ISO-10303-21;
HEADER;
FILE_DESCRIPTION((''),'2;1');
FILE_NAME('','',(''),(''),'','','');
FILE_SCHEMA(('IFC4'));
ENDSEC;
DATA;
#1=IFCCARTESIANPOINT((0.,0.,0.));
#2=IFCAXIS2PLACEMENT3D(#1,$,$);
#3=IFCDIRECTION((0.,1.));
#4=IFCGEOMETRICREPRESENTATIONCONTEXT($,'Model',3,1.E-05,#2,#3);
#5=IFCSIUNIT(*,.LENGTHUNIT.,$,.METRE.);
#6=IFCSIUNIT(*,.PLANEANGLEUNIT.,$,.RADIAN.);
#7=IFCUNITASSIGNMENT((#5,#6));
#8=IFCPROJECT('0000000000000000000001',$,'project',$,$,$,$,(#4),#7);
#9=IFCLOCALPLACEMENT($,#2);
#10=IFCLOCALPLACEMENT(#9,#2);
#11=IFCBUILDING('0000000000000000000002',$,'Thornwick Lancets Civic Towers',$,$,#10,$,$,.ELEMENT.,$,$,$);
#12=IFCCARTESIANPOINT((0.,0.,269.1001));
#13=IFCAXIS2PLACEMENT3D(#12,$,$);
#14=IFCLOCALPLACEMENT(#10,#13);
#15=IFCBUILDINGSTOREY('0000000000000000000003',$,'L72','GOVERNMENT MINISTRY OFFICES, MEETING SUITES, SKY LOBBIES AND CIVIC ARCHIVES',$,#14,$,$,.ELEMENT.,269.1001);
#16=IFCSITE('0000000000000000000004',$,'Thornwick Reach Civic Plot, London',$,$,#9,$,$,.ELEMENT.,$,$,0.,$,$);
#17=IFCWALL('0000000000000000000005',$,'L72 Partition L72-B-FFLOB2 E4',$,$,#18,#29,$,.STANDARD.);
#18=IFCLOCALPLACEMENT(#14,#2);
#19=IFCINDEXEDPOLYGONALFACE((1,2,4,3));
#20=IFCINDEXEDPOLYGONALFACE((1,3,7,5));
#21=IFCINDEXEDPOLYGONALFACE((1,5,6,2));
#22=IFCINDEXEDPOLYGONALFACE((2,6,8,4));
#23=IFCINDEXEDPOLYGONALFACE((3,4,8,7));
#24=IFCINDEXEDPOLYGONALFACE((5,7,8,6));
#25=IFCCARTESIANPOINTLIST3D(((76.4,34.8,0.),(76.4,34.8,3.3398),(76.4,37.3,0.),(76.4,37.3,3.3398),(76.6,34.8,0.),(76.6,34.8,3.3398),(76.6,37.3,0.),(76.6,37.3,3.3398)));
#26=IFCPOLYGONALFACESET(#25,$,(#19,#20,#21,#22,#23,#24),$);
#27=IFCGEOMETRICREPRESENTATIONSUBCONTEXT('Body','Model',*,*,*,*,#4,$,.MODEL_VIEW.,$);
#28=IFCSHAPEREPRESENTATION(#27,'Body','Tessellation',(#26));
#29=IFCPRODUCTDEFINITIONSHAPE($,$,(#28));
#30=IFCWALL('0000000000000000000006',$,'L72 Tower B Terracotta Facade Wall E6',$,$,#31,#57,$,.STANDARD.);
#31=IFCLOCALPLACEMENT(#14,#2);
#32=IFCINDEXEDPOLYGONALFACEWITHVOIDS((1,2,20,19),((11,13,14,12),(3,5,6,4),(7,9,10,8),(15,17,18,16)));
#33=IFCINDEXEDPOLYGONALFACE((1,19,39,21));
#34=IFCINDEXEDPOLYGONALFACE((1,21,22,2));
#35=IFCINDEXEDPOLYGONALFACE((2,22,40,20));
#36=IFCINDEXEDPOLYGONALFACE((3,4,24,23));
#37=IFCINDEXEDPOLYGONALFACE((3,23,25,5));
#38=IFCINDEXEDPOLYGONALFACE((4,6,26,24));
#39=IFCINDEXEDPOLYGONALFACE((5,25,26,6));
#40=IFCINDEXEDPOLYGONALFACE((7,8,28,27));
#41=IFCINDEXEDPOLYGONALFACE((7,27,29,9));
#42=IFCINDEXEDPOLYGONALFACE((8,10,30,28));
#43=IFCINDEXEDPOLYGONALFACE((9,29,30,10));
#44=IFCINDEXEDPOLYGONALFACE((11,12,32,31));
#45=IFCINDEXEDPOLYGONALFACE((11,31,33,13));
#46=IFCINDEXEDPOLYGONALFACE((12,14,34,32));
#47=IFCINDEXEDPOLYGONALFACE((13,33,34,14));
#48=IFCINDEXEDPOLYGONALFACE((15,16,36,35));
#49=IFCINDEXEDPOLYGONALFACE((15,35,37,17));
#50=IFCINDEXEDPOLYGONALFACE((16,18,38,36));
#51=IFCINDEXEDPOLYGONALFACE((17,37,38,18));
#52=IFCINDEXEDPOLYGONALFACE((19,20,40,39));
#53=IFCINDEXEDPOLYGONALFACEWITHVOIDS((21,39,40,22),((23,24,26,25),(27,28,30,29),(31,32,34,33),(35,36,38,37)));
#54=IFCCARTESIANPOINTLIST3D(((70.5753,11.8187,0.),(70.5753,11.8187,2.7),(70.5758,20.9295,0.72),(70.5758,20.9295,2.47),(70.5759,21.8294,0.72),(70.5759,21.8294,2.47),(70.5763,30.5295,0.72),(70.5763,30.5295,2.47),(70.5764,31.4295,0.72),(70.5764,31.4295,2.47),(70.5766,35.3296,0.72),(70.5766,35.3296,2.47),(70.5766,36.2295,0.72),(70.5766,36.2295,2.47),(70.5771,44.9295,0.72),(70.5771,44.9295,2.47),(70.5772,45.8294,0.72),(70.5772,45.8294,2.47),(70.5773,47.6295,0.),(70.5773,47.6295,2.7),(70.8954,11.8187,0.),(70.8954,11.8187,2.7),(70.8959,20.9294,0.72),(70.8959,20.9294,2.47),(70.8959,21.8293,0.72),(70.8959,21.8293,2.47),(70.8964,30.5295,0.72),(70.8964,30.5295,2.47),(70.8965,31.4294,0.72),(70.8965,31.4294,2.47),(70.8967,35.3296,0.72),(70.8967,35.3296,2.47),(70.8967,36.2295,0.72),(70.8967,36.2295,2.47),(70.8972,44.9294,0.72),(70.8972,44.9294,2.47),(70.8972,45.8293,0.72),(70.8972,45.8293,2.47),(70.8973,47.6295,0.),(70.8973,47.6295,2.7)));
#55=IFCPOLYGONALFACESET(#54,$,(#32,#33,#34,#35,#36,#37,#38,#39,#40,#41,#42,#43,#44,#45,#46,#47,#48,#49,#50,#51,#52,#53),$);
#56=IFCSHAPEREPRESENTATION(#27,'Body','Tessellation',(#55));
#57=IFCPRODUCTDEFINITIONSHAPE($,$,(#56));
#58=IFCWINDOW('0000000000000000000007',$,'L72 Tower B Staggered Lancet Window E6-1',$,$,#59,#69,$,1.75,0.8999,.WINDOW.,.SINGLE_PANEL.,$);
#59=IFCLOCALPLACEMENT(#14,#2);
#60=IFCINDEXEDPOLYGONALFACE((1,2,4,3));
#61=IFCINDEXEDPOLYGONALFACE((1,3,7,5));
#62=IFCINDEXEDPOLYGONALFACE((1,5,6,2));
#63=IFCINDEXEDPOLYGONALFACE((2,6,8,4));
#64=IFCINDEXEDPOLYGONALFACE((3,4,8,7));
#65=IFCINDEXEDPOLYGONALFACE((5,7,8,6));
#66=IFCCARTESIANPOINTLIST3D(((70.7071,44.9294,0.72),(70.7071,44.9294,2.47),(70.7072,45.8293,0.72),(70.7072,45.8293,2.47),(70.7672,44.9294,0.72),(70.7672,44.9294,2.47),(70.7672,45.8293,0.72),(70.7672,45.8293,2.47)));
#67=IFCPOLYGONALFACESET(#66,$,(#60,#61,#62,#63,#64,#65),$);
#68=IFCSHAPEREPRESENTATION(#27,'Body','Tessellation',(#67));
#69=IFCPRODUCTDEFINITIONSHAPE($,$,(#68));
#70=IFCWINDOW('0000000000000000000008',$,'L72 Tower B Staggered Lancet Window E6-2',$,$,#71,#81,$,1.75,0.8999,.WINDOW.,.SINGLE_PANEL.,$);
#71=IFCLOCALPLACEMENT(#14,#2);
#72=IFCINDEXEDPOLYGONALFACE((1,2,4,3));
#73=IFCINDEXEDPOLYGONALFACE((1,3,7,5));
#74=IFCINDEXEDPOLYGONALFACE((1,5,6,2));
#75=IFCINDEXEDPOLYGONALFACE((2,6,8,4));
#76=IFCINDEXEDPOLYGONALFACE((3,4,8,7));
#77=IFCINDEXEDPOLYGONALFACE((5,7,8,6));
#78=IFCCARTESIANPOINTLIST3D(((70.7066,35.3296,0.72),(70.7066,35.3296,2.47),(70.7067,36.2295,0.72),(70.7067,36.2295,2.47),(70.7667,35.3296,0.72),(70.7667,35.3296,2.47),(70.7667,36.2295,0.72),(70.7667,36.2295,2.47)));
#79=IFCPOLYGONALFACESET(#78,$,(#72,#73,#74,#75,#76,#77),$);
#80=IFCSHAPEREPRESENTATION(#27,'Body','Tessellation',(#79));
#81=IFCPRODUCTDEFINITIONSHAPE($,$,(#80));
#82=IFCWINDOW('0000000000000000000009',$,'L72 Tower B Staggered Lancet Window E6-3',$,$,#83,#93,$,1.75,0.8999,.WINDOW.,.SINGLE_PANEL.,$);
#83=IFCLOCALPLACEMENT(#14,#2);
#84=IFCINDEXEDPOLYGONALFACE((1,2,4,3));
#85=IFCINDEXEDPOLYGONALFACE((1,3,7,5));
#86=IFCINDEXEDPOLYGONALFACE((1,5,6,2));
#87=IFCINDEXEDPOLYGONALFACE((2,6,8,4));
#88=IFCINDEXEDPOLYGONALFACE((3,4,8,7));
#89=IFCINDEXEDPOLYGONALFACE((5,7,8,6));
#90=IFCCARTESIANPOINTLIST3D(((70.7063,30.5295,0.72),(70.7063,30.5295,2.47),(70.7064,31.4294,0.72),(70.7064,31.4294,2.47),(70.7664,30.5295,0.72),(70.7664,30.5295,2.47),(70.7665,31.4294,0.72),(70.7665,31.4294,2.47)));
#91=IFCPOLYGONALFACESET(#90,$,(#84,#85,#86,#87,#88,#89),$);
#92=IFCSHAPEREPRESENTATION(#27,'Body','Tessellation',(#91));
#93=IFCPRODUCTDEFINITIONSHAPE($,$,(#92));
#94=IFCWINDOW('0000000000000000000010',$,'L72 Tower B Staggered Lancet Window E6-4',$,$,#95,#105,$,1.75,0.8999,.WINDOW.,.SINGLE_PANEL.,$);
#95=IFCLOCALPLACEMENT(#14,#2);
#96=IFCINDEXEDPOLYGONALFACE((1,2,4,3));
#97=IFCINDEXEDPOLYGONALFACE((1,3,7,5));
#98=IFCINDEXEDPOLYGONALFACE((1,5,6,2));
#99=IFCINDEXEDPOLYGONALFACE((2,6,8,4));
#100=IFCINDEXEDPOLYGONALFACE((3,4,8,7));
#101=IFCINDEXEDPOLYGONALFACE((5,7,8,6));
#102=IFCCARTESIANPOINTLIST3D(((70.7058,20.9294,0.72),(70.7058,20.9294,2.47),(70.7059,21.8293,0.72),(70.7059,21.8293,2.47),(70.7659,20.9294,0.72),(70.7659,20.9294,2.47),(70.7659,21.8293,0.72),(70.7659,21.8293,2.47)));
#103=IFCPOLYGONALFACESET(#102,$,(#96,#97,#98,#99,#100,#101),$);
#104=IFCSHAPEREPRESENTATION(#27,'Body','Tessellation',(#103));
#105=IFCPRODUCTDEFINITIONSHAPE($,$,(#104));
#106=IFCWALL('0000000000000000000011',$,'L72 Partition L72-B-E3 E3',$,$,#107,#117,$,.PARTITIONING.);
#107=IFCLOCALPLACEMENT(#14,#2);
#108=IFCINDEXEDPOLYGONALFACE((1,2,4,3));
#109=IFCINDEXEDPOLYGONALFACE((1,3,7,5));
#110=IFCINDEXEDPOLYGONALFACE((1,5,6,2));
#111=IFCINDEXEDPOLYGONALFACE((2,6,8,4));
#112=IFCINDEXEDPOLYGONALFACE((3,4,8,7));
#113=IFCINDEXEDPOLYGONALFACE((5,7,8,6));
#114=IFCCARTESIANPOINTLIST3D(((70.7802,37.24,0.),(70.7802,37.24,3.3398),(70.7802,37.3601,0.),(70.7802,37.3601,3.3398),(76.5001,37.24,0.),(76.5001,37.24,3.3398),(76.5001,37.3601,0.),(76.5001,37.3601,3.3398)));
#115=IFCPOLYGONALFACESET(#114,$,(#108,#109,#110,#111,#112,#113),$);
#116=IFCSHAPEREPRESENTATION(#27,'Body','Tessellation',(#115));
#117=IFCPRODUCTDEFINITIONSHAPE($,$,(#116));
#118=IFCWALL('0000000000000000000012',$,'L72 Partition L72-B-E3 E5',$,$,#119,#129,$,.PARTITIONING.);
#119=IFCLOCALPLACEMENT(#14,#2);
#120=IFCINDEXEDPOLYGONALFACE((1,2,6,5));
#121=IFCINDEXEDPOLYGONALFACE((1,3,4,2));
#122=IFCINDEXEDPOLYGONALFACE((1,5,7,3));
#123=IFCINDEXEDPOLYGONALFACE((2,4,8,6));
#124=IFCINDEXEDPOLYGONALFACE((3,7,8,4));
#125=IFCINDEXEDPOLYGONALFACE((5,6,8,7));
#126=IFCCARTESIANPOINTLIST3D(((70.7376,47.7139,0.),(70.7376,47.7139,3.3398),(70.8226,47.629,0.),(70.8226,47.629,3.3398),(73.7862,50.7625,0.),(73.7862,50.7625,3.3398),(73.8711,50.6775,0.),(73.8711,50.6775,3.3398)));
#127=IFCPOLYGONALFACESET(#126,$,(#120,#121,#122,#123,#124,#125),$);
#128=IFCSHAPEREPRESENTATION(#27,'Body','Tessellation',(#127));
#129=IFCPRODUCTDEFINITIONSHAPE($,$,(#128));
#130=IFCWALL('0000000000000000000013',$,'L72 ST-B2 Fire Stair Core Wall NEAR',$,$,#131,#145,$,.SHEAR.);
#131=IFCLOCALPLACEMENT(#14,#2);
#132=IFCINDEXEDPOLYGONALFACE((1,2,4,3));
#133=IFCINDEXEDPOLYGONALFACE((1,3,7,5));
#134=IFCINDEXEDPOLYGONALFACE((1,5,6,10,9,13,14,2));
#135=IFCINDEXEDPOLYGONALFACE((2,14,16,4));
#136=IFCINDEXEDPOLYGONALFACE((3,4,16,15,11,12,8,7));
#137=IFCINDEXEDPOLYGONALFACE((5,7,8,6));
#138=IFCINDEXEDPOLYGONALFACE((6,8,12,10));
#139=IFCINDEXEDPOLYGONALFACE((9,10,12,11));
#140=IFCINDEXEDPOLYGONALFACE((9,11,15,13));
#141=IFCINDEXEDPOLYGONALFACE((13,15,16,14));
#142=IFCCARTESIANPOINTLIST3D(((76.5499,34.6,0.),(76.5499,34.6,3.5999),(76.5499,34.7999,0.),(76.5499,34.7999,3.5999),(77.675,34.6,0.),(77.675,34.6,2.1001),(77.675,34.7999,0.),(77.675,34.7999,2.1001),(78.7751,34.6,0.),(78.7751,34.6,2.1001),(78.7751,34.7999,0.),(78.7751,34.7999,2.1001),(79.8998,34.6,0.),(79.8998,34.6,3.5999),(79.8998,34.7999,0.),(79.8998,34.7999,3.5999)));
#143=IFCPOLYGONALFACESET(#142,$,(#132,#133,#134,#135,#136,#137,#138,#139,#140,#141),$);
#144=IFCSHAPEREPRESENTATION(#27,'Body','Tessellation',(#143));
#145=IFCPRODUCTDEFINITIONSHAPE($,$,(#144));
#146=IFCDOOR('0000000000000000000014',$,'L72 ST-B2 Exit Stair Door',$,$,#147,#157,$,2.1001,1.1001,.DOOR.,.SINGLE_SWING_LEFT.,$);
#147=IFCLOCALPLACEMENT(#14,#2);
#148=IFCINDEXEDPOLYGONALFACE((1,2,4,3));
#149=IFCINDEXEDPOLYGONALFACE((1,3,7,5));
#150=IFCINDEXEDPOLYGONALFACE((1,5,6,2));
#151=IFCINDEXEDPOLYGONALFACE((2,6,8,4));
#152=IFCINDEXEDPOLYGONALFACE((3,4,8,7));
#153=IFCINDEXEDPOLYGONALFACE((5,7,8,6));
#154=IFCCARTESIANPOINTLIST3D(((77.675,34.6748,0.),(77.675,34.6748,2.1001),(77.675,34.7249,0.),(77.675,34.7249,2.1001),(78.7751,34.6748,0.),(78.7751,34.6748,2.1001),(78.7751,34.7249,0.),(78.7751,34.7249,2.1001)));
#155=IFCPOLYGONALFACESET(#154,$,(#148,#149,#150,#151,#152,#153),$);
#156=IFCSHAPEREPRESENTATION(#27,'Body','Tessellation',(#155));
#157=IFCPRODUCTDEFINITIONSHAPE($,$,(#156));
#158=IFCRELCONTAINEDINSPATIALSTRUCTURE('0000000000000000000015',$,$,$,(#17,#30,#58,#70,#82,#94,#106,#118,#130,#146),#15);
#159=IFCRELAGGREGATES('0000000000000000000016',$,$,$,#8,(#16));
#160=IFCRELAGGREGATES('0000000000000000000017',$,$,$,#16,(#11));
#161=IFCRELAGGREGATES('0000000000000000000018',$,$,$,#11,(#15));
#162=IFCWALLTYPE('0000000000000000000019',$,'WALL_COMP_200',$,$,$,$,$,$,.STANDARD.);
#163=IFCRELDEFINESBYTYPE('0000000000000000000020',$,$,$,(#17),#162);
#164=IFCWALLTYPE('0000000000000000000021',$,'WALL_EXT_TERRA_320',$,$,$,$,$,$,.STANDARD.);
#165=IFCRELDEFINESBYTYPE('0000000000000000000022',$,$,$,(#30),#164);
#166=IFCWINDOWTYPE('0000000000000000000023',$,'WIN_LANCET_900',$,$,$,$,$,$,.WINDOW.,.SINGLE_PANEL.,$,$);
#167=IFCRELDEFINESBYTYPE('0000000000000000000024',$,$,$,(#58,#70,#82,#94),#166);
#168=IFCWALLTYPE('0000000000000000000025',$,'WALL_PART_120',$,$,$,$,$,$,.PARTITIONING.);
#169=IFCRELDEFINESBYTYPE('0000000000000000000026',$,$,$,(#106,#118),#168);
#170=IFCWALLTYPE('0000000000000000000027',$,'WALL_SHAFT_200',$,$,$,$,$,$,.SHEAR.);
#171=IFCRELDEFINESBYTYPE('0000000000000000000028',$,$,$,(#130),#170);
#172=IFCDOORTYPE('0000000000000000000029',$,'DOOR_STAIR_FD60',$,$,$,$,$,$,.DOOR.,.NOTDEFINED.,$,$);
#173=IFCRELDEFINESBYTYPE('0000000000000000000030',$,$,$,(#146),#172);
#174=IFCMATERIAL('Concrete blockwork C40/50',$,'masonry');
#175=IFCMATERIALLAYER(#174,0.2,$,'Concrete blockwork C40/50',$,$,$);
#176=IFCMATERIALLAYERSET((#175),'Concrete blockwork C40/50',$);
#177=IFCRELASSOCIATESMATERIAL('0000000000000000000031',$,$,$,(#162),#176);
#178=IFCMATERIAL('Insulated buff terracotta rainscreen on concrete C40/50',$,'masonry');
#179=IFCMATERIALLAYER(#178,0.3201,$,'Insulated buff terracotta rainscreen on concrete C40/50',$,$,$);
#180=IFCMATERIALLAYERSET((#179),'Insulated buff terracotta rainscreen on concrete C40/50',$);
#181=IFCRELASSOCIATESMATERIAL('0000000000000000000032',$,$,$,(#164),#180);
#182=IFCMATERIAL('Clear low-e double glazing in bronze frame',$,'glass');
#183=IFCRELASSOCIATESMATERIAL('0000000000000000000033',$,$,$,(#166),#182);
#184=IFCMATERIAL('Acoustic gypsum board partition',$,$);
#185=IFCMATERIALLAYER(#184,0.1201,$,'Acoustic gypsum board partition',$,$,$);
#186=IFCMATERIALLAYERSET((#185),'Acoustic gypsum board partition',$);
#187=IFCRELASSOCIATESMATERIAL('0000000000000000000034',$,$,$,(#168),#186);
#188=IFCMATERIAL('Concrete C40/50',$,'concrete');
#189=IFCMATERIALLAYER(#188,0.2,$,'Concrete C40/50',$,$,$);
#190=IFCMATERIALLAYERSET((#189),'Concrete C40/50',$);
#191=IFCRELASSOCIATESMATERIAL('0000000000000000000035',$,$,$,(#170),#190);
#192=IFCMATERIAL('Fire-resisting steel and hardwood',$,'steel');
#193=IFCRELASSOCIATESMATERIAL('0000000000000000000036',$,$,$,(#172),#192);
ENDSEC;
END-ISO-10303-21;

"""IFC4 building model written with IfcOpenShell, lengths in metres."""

from ifc_helpers import new_model, si_unit, direction, frame, frame_2d, origin, place, context, subcontext, project, spatial, rectangle, extrude, material, layer, layer_set, type_object, element, fill, save


model = new_model("IFC4")

# Units and contexts
model_context = context("Model", 3, precision=1e-05, world=origin(), true_north=direction((0.0, 1.0)))
body_context = subcontext(model_context, "Body", "Model", "MODEL_VIEW")
ifc_project = project(units=[si_unit("LENGTHUNIT", "METRE"), si_unit("PLANEANGLEUNIT", "RADIAN")], contexts=[model_context])

# Site, building, storey
site_placement = place(None, origin())
site = spatial("IfcSite", under=ifc_project, at=site_placement, Name="Thornwick Reach Civic Plot, London", CompositionType="ELEMENT", RefElevation=0.0)
building_placement = place(site_placement, origin())
building = spatial("IfcBuilding", under=site, at=building_placement, Name="Thornwick Lancets Civic Towers", CompositionType="ELEMENT")
storey_placement = place(building_placement, frame((0.0, 0.0, 269.1001)))
storey = spatial("IfcBuildingStorey", under=building, at=storey_placement, Name="L72", Description="GOVERNMENT MINISTRY OFFICES, MEETING SUITES, SKY LOBBIES AND CIVIC ARCHIVES", CompositionType="ELEMENT", Elevation=269.1001)

# Shared definitions
ifc_material_1 = material(Name="Concrete C40/50", Category="concrete")

# Wall
ifc_material_2 = material(Name="Concrete blockwork C40/50", Category="masonry")
ifc_layer_1 = layer(ifc_material_2, 0.2, Name="Concrete blockwork C40/50")
ifc_layer_set_1 = layer_set([ifc_layer_1], Name="Concrete blockwork C40/50")
wall_type_1 = type_object("IfcWallType", Name="WALL_COMP_200", PredefinedType="STANDARD", material=ifc_layer_set_1)
wall_1_placement = place(storey_placement, frame((76.5, 37.3, 0.0), z_axis=(0.0, 0.0, 1.0), x_axis=(0.0, -1.0, 0.0)))
element("IfcWall", 1, at=wall_1_placement, inside=storey, type_object=wall_type_1, Name="L72 Partition L72-B-FFLOB2 E4", PredefinedType="STANDARD", context=body_context, shape_type="SweptSolid", body=[
    extrude(rectangle(XDim=2.5, YDim=0.2, at=frame_2d((1.25, 0.0))), origin(), (0.0, 0.0, 1.0), 3.3398),
])

# Wall, openings, windows
ifc_material_3 = material(Name="Insulated buff terracotta rainscreen on concrete C40/50", Category="masonry")
ifc_layer_2 = layer(ifc_material_3, 0.3201, Name="Insulated buff terracotta rainscreen on concrete C40/50")
ifc_layer_set_2 = layer_set([ifc_layer_2], Name="Insulated buff terracotta rainscreen on concrete C40/50")
wall_type_2 = type_object("IfcWallType", Name="WALL_EXT_TERRA_320", PredefinedType="STANDARD", material=ifc_layer_set_2)
wall_2_placement = place(storey_placement, frame((70.7373, 47.6294, 0.0), z_axis=(0.0, 0.0, 1.0), x_axis=(-0.000055, -1.0, 0.0)))
wall_2 = element("IfcWall", 2, at=wall_2_placement, inside=storey, type_object=wall_type_2, Name="L72 Tower B Terracotta Facade Wall E6", PredefinedType="STANDARD", context=body_context, shape_type="SweptSolid", body=[
    extrude(rectangle(XDim=35.8108, YDim=0.3201, at=frame_2d((17.9053, 0.0))), origin(), (0.0, 0.0, 1.0), 2.7),
])
opening_1_placement = place(wall_2_placement, frame((1.8, 0.0, 0.72)))
opening_1 = element("IfcOpeningElement", 3, at=opening_1_placement, cuts=wall_2, PredefinedType="OPENING", context=body_context, shape_type="SweptSolid", body=[
    extrude(rectangle(XDim=0.8999, YDim=1.75, at=frame_2d((0.45, 0.875))), frame((0.0, 0.1699, 0.0), z_axis=(0.0, -1.0, 0.0), x_axis=(1.0, 0.0, 0.0)), (0.0, 0.0, 1.0), 0.3401),
])
opening_2_placement = place(wall_2_placement, frame((11.3999, 0.0, 0.72)))
opening_2 = element("IfcOpeningElement", 4, at=opening_2_placement, cuts=wall_2, PredefinedType="OPENING", context=body_context, shape_type="SweptSolid", body=[
    extrude(rectangle(XDim=0.8999, YDim=1.75, at=frame_2d((0.45, 0.875))), frame((0.0, 0.1699, 0.0), z_axis=(0.0, -1.0, 0.0), x_axis=(1.0, 0.0, 0.0)), (0.0, 0.0, 1.0), 0.3401),
])
opening_3_placement = place(wall_2_placement, frame((16.2, 0.0, 0.72)))
opening_3 = element("IfcOpeningElement", 5, at=opening_3_placement, cuts=wall_2, PredefinedType="OPENING", context=body_context, shape_type="SweptSolid", body=[
    extrude(rectangle(XDim=0.8999, YDim=1.75, at=frame_2d((0.45, 0.875))), frame((0.0, 0.1699, 0.0), z_axis=(0.0, -1.0, 0.0), x_axis=(1.0, 0.0, 0.0)), (0.0, 0.0, 1.0), 0.3401),
])
opening_4_placement = place(wall_2_placement, frame((25.8, 0.0, 0.72)))
opening_4 = element("IfcOpeningElement", 6, at=opening_4_placement, cuts=wall_2, PredefinedType="OPENING", context=body_context, shape_type="SweptSolid", body=[
    extrude(rectangle(XDim=0.8999, YDim=1.75, at=frame_2d((0.45, 0.875))), frame((0.0, 0.1699, 0.0), z_axis=(0.0, -1.0, 0.0), x_axis=(1.0, 0.0, 0.0)), (0.0, 0.0, 1.0), 0.3401),
])
ifc_material_4 = material(Name="Clear low-e double glazing in bronze frame", Category="glass")
window_type = type_object("IfcWindowType", Name="WIN_LANCET_900", PartitioningType="SINGLE_PANEL", PredefinedType="WINDOW", material=ifc_material_4)
window_1_placement = place(opening_1_placement, origin())
window_1 = element("IfcWindow", 7, at=window_1_placement, inside=storey, type_object=window_type, Name="L72 Tower B Staggered Lancet Window E6-1", OverallHeight=1.75, OverallWidth=0.8999, PartitioningType="SINGLE_PANEL", PredefinedType="WINDOW", context=body_context, shape_type="SweptSolid", body=[
    extrude(rectangle(XDim=0.8999, YDim=1.75, at=frame_2d((0.45, 0.875))), frame((0.0, 0.03, 0.0), z_axis=(0.0, -1.0, 0.0), x_axis=(1.0, 0.0, 0.0)), (0.0, 0.0, 1.0), 0.0601),
])
fill(opening_1, window_1)
window_2_placement = place(opening_2_placement, origin())
window_2 = element("IfcWindow", 8, at=window_2_placement, inside=storey, type_object=window_type, Name="L72 Tower B Staggered Lancet Window E6-2", OverallHeight=1.75, OverallWidth=0.8999, PartitioningType="SINGLE_PANEL", PredefinedType="WINDOW", context=body_context, shape_type="SweptSolid", body=[
    extrude(rectangle(XDim=0.8999, YDim=1.75, at=frame_2d((0.45, 0.875))), frame((0.0, 0.03, 0.0), z_axis=(0.0, -1.0, 0.0), x_axis=(1.0, 0.0, 0.0)), (0.0, 0.0, 1.0), 0.0601),
])
fill(opening_2, window_2)
window_3_placement = place(opening_3_placement, origin())
window_3 = element("IfcWindow", 9, at=window_3_placement, inside=storey, type_object=window_type, Name="L72 Tower B Staggered Lancet Window E6-3", OverallHeight=1.75, OverallWidth=0.8999, PartitioningType="SINGLE_PANEL", PredefinedType="WINDOW", context=body_context, shape_type="SweptSolid", body=[
    extrude(rectangle(XDim=0.8999, YDim=1.75, at=frame_2d((0.45, 0.875))), frame((0.0, 0.03, 0.0), z_axis=(0.0, -1.0, 0.0), x_axis=(1.0, 0.0, 0.0)), (0.0, 0.0, 1.0), 0.0601),
])
fill(opening_3, window_3)
window_4_placement = place(opening_4_placement, origin())
window_4 = element("IfcWindow", 10, at=window_4_placement, inside=storey, type_object=window_type, Name="L72 Tower B Staggered Lancet Window E6-4", OverallHeight=1.75, OverallWidth=0.8999, PartitioningType="SINGLE_PANEL", PredefinedType="WINDOW", context=body_context, shape_type="SweptSolid", body=[
    extrude(rectangle(XDim=0.8999, YDim=1.75, at=frame_2d((0.45, 0.875))), frame((0.0, 0.03, 0.0), z_axis=(0.0, -1.0, 0.0), x_axis=(1.0, 0.0, 0.0)), (0.0, 0.0, 1.0), 0.0601),
])
fill(opening_4, window_4)

# Walls
ifc_material_5 = material(Name="Acoustic gypsum board partition")
ifc_layer_3 = layer(ifc_material_5, 0.1201, Name="Acoustic gypsum board partition")
ifc_layer_set_3 = layer_set([ifc_layer_3], Name="Acoustic gypsum board partition")
wall_type_3 = type_object("IfcWallType", Name="WALL_PART_120", PredefinedType="PARTITIONING", material=ifc_layer_set_3)
wall_3_placement = place(storey_placement, frame((76.5, 37.3, 0.0), z_axis=(0.0, 0.0, 1.0), x_axis=(-1.0, 0.0, 0.0)))
element("IfcWall", 11, at=wall_3_placement, inside=storey, type_object=wall_type_3, Name="L72 Partition L72-B-E3 E3", PredefinedType="PARTITIONING", context=body_context, shape_type="SweptSolid", body=[
    extrude(rectangle(XDim=5.72, YDim=0.1201, at=frame_2d((2.8599, 0.0))), origin(), (0.0, 0.0, 1.0), 3.3398),
])
wall_4_placement = place(storey_placement, frame((70.78, 47.6714, 0.0), z_axis=(0.0, 0.0, 1.0), x_axis=(0.707107, 0.707107, 0.0)))
element("IfcWall", 12, at=wall_4_placement, inside=storey, type_object=wall_type_3, Name="L72 Partition L72-B-E3 E5", PredefinedType="PARTITIONING", context=body_context, shape_type="SweptSolid", body=[
    extrude(rectangle(XDim=4.3113, YDim=0.1201, at=frame_2d((2.1558, 0.0))), origin(), (0.0, 0.0, 1.0), 3.3398),
])

# Wall, opening, door
ifc_layer_4 = layer(ifc_material_1, 0.2, Name="Concrete C40/50")
ifc_layer_set_4 = layer_set([ifc_layer_4], Name="Concrete C40/50")
wall_type_4 = type_object("IfcWallType", Name="WALL_SHAFT_200", PredefinedType="SHEAR", material=ifc_layer_set_4)
wall_5_placement = place(storey_placement, frame((76.55, 34.7, 0.0), z_axis=(0.0, 0.0, 1.0), x_axis=(1.0, 0.0, 0.0)))
wall_5 = element("IfcWall", 13, at=wall_5_placement, inside=storey, type_object=wall_type_4, Name="L72 ST-B2 Fire Stair Core Wall NEAR", PredefinedType="SHEAR", context=body_context, shape_type="SweptSolid", body=[
    extrude(rectangle(XDim=3.3499, YDim=0.2, at=frame_2d((1.6748, 0.0))), origin(), (0.0, 0.0, 1.0), 3.5999),
])
opening_5_placement = place(wall_5_placement, frame((1.125, 0.0, 0.0)))
opening_5 = element("IfcOpeningElement", 14, at=opening_5_placement, cuts=wall_5, PredefinedType="OPENING", context=body_context, shape_type="SweptSolid", body=[
    extrude(rectangle(XDim=1.1001, YDim=2.1001, at=frame_2d((0.55, 1.05))), frame((0.0, 0.1099, 0.0), z_axis=(0.0, -1.0, 0.0), x_axis=(1.0, 0.0, 0.0)), (0.0, 0.0, 1.0), 0.22),
])
ifc_material_6 = material(Name="Fire-resisting steel and hardwood", Category="steel")
door_type = type_object("IfcDoorType", Name="DOOR_STAIR_FD60", OperationType="NOTDEFINED", PredefinedType="DOOR", material=ifc_material_6)
door_placement = place(opening_5_placement, origin())
door = element("IfcDoor", 15, at=door_placement, inside=storey, type_object=door_type, Name="L72 ST-B2 Exit Stair Door", OperationType="SINGLE_SWING_LEFT", OverallHeight=2.1001, OverallWidth=1.1001, PredefinedType="DOOR", context=body_context, shape_type="SweptSolid", body=[
    extrude(rectangle(XDim=1.1001, YDim=2.1001, at=frame_2d((0.55, 1.05))), frame((0.0, 0.0249, 0.0), z_axis=(0.0, -1.0, 0.0), x_axis=(1.0, 0.0, 0.0)), (0.0, 0.0, 1.0), 0.05),
])
fill(opening_5, door)

save(model, "model.ifc")
